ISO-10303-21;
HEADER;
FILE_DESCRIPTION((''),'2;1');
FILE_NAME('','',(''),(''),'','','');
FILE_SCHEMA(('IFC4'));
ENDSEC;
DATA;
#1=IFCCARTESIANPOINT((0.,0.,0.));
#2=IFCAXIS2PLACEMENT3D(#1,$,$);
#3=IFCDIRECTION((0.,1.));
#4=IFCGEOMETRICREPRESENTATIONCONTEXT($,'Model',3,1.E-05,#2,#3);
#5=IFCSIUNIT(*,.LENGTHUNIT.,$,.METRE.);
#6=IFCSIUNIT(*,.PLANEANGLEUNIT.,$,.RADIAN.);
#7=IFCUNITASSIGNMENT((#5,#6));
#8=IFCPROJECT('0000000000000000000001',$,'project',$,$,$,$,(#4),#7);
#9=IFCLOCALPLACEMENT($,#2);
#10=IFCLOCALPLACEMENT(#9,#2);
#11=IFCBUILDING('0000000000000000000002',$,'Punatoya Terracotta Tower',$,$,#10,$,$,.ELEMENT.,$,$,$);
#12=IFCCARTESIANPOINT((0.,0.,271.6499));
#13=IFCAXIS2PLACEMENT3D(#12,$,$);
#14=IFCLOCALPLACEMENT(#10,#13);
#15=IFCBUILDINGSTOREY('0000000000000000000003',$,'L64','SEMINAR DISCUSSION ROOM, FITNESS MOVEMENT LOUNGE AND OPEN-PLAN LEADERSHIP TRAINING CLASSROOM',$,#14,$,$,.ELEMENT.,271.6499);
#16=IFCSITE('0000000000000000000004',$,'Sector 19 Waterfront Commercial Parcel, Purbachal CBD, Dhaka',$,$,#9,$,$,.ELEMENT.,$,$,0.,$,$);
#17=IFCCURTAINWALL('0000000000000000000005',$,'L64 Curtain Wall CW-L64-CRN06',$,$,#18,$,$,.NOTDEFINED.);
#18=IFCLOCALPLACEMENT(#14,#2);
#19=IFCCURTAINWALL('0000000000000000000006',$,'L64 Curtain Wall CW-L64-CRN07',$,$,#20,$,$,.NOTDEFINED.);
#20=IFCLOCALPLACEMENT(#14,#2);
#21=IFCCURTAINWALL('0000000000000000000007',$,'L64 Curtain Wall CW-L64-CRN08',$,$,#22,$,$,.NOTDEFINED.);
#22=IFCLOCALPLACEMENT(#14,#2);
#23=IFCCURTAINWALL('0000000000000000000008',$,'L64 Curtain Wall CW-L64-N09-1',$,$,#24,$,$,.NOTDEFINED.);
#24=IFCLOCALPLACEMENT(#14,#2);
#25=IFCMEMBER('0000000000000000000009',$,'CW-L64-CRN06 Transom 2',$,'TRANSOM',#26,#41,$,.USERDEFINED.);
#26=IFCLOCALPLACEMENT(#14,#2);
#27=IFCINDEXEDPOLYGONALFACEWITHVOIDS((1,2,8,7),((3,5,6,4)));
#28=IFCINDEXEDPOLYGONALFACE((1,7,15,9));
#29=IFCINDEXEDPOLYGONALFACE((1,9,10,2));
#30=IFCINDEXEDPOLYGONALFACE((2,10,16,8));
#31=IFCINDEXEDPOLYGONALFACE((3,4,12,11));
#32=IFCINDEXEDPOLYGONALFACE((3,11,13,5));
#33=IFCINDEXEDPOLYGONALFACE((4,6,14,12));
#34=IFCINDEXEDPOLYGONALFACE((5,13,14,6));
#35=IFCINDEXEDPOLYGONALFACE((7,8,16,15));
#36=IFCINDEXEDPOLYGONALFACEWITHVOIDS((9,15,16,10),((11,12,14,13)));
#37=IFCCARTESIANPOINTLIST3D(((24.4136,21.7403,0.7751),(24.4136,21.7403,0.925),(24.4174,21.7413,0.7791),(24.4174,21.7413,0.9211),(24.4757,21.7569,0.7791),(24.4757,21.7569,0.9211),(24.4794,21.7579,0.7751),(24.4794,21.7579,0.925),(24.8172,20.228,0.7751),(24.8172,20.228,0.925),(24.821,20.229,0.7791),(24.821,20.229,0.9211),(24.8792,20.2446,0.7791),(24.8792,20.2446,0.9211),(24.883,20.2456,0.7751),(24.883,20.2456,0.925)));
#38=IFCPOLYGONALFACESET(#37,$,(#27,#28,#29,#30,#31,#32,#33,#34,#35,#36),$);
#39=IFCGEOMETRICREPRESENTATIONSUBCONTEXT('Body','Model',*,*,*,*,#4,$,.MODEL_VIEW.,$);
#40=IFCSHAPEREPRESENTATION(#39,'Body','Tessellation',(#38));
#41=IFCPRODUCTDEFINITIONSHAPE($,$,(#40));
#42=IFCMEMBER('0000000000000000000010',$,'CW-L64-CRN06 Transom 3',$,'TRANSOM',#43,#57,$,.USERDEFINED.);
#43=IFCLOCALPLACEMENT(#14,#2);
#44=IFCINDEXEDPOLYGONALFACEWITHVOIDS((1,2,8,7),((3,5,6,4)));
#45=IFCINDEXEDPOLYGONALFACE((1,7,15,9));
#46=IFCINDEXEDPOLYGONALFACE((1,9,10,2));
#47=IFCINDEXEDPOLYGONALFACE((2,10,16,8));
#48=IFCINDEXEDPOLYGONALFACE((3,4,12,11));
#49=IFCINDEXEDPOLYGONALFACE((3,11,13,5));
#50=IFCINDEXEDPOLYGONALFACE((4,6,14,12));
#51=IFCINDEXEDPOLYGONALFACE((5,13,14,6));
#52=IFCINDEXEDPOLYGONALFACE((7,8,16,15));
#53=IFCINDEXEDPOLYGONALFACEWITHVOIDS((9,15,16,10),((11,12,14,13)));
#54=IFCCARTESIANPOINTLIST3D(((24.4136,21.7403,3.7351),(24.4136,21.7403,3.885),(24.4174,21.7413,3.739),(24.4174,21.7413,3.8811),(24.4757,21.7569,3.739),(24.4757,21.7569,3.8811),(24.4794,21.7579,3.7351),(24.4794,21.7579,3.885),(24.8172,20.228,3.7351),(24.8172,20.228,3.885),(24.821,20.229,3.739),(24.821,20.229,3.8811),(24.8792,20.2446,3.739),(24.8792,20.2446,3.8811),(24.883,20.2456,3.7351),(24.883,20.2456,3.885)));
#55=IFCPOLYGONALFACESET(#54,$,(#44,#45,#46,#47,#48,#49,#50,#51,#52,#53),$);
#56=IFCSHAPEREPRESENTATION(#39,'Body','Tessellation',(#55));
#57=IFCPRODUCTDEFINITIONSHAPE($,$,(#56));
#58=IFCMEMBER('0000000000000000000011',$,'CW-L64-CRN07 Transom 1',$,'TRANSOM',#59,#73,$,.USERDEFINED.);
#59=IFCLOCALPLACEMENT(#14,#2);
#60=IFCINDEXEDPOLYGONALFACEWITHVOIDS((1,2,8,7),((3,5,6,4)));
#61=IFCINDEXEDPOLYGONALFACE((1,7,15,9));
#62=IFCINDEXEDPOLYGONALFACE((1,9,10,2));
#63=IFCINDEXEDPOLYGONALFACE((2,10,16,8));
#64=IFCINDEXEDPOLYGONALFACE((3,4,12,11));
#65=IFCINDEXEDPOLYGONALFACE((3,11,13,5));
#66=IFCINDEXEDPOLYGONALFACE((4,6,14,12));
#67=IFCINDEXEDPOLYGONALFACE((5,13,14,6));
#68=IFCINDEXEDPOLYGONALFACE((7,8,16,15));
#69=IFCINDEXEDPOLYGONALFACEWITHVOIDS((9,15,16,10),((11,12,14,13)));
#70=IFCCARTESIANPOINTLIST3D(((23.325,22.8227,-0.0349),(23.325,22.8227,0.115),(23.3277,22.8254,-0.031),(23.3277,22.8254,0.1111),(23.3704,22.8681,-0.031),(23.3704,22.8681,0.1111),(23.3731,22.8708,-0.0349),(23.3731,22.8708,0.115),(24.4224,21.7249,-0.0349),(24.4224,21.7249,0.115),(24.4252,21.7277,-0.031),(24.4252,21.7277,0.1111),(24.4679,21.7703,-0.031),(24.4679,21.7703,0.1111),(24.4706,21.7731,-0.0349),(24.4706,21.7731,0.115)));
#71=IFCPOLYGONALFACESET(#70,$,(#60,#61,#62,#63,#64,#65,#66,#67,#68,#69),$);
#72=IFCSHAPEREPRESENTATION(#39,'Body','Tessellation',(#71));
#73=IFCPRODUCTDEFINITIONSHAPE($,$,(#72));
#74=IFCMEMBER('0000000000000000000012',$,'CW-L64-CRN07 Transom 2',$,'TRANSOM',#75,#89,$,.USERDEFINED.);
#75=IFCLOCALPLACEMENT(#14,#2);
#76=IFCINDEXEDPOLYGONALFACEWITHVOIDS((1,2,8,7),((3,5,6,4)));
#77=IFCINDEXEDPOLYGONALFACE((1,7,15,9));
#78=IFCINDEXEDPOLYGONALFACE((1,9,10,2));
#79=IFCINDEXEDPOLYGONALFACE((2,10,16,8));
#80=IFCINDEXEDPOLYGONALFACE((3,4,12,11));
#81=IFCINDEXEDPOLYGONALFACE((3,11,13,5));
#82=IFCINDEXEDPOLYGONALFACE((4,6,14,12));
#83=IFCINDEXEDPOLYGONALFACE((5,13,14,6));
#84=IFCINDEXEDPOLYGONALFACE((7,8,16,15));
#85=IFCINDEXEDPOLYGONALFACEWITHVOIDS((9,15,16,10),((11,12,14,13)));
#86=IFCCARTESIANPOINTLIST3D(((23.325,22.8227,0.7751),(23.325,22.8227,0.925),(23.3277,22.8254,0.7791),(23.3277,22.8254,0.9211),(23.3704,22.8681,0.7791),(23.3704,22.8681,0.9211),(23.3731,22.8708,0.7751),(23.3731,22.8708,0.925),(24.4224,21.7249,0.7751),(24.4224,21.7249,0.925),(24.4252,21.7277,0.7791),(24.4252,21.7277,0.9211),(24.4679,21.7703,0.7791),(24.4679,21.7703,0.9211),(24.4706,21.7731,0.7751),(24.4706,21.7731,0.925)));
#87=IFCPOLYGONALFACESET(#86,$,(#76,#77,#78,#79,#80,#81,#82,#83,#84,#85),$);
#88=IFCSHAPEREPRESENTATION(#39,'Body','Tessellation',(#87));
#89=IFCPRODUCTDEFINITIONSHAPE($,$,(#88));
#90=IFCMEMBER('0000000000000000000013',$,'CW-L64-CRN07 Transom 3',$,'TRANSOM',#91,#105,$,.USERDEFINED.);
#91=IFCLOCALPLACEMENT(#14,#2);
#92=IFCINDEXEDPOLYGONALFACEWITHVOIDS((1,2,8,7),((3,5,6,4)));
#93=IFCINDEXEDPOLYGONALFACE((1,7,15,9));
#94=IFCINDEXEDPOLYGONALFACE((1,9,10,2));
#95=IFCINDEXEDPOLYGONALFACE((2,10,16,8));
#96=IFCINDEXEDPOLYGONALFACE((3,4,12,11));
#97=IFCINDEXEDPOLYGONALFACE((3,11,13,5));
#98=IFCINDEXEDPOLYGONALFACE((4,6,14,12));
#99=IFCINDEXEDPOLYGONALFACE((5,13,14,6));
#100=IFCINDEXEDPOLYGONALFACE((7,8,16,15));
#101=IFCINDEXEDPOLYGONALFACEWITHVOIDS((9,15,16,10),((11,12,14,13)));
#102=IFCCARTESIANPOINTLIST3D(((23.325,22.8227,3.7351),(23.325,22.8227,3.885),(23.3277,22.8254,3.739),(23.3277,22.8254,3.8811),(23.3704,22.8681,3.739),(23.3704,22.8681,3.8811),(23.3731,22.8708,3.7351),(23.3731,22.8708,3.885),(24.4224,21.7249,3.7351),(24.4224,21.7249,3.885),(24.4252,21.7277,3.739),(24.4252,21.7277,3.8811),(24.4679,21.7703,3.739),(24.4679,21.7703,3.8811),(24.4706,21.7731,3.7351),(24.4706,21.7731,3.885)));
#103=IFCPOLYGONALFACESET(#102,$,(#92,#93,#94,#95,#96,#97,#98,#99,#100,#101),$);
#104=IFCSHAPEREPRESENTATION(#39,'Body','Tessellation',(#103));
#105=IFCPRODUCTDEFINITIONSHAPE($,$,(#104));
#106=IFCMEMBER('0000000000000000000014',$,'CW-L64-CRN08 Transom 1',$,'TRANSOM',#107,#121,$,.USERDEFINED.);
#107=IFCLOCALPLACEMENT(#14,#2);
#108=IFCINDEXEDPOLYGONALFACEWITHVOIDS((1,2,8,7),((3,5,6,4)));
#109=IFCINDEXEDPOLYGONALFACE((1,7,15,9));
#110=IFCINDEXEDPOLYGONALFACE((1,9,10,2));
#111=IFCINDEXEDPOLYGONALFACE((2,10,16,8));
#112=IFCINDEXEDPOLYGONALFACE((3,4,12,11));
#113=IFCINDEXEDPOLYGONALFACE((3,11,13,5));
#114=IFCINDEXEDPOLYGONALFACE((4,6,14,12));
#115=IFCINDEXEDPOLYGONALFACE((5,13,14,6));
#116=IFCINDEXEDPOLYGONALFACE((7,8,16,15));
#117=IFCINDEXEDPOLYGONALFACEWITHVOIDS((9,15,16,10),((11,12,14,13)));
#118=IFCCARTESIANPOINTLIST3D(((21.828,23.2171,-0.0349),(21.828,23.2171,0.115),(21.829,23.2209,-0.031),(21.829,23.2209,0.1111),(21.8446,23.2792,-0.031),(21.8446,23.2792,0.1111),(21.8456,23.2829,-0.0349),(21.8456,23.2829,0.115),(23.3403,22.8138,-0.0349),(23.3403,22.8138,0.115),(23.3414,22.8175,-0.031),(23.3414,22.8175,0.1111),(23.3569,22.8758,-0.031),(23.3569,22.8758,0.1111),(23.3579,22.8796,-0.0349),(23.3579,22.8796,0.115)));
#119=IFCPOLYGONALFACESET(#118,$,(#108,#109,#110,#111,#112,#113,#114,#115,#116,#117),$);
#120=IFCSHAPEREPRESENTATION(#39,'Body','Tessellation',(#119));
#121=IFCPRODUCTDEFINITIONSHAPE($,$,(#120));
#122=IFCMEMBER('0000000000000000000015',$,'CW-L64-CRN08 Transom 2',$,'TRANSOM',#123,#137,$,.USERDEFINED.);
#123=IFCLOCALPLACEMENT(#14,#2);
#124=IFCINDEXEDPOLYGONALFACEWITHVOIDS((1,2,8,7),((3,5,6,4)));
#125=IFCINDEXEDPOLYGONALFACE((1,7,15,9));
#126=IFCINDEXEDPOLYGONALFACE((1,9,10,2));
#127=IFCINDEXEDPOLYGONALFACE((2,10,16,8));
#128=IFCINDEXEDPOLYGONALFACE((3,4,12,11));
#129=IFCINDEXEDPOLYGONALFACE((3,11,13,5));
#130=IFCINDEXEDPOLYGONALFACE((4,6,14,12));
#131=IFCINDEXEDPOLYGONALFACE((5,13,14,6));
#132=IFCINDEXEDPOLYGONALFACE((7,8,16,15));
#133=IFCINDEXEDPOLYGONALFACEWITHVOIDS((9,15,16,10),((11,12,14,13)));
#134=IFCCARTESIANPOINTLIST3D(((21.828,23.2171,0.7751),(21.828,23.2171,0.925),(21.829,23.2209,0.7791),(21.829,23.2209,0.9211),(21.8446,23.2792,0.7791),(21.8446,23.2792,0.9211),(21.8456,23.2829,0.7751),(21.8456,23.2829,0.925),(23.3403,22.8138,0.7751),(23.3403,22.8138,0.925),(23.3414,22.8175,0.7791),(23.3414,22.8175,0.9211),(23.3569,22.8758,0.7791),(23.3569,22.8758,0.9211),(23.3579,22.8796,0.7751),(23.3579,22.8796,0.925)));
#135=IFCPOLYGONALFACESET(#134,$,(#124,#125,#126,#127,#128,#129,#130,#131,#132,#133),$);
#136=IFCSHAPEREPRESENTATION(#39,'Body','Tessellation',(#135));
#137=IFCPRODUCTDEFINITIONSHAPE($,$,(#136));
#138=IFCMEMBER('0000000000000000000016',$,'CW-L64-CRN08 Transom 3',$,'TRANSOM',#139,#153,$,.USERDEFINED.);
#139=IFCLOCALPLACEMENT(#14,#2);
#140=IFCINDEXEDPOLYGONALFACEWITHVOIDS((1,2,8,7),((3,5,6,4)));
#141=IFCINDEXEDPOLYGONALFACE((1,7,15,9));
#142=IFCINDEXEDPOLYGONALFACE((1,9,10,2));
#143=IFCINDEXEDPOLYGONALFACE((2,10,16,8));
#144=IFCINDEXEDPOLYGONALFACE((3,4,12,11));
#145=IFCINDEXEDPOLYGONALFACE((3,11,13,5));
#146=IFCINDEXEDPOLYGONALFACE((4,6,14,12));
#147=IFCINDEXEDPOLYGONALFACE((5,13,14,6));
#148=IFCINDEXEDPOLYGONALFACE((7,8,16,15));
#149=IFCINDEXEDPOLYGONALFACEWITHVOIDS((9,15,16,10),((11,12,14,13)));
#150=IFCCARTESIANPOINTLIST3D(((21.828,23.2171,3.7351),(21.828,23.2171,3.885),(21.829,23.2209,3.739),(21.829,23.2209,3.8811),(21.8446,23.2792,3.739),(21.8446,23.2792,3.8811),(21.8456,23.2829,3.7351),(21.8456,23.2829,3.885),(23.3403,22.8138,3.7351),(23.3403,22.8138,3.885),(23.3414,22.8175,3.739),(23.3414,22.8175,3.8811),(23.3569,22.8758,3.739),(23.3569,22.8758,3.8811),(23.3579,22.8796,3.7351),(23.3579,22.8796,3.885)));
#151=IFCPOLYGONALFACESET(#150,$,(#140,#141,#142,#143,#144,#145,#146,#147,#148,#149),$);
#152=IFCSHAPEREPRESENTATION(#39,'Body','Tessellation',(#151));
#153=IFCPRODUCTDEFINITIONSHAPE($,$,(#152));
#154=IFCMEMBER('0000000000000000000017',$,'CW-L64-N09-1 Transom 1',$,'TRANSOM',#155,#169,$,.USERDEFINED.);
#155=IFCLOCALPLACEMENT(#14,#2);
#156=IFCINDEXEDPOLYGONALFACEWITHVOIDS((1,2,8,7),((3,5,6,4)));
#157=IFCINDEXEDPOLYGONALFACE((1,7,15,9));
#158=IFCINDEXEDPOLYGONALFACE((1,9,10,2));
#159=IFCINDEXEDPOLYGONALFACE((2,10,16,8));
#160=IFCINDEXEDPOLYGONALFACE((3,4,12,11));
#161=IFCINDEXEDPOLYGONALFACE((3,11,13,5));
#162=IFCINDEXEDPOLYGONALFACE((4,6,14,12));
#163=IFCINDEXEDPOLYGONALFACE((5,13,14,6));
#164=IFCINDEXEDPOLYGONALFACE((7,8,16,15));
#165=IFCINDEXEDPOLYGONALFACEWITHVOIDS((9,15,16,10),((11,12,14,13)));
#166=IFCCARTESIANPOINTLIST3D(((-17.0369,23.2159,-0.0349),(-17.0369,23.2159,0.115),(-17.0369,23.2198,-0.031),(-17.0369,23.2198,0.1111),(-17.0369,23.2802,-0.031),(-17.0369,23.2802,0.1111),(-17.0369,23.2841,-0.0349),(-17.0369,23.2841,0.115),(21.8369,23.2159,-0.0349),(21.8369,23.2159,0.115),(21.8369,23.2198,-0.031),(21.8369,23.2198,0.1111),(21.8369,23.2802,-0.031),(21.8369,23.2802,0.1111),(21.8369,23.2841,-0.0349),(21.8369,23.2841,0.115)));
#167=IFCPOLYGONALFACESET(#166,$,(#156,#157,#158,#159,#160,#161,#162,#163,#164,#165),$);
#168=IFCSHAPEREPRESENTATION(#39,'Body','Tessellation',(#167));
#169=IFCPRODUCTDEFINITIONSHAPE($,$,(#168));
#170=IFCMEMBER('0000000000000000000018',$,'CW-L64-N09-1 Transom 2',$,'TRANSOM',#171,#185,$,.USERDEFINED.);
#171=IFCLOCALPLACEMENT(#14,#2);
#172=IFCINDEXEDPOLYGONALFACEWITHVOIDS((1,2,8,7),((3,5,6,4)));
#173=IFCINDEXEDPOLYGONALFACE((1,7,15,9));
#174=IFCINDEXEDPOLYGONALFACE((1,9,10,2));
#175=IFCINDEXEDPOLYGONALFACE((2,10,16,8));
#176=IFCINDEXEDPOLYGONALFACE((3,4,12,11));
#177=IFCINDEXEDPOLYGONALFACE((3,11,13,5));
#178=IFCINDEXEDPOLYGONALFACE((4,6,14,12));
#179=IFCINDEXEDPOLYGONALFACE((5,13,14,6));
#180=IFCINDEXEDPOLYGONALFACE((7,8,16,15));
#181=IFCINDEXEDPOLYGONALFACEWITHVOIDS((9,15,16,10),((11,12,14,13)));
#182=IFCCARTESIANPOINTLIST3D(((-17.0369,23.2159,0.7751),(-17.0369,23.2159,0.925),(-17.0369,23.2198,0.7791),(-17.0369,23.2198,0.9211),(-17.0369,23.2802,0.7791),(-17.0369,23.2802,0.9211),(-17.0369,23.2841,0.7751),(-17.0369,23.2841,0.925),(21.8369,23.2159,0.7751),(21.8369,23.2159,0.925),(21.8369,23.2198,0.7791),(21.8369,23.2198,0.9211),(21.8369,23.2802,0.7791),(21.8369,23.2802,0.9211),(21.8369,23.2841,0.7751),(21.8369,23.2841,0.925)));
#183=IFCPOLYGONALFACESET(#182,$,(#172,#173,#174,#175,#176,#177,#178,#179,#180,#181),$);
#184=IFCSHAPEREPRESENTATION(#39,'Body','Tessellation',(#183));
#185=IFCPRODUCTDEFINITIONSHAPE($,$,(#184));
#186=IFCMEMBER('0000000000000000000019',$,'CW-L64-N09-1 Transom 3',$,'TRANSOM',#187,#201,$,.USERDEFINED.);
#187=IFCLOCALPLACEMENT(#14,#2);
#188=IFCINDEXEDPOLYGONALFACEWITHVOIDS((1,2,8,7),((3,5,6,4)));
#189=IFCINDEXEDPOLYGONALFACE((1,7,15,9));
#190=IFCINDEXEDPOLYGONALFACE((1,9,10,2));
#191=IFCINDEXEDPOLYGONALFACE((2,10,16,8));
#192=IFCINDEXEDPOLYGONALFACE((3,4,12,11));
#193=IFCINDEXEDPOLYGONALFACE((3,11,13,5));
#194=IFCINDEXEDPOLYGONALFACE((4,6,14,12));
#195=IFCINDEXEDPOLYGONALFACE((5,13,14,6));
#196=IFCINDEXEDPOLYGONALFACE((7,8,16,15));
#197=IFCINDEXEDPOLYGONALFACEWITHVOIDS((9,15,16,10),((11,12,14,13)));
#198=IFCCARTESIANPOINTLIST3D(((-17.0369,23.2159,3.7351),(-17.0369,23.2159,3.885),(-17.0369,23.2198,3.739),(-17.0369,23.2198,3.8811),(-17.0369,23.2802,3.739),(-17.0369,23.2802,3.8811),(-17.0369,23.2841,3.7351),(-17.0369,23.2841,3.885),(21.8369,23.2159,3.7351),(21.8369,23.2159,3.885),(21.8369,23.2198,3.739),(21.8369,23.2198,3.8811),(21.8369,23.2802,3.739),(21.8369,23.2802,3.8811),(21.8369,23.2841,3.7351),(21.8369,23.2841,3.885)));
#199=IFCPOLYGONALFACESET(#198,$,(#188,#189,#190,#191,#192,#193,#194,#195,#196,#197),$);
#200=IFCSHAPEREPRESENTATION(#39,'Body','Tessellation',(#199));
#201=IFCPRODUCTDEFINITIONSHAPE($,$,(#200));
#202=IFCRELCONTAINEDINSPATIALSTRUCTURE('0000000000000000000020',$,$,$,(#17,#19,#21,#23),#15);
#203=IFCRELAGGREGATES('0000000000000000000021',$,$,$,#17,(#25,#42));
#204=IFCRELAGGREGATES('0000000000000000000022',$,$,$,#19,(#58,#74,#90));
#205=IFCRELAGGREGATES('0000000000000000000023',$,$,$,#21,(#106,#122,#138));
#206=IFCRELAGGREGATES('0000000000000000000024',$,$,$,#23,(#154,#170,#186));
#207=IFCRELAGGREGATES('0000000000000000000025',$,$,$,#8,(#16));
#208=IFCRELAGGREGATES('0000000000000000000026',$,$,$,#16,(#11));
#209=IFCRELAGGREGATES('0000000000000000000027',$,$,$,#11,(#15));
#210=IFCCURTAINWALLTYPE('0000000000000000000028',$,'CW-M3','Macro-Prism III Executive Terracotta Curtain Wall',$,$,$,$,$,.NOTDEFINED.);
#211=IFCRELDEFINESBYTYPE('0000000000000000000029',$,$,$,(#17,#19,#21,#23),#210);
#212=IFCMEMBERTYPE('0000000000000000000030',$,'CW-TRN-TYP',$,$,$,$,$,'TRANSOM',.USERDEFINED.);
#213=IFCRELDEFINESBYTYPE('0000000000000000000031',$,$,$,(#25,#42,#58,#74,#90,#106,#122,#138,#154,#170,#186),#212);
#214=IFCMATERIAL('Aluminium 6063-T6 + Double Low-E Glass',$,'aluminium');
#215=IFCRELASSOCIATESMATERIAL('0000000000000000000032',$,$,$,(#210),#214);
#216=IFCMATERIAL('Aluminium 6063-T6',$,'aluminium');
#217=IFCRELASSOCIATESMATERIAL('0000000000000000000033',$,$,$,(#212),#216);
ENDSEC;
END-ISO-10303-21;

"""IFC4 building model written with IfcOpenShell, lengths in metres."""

from ifc_helpers import new_model, si_unit, direction, frame, origin, origin_2d, place, context, subcontext, project, spatial, hollow_rectangle, extrude, material, material_profile, profile_set, type_object, element, aggregate, save


model = new_model("IFC4")

# Units and contexts
model_context = context("Model", 3, precision=1e-05, world=origin(), true_north=direction((0.0, 1.0)))
body_context = subcontext(model_context, "Body", "Model", "MODEL_VIEW")
ifc_project = project(units=[si_unit("LENGTHUNIT", "METRE"), si_unit("PLANEANGLEUNIT", "RADIAN")], contexts=[model_context])

# Site, building, storey
site_placement = place(None, origin())
site = spatial("IfcSite", under=ifc_project, at=site_placement, Name="Sector 19 Waterfront Commercial Parcel, Purbachal CBD, Dhaka", CompositionType="ELEMENT", RefElevation=0.0)
building_placement = place(site_placement, origin())
building = spatial("IfcBuilding", under=site, at=building_placement, Name="Punatoya Terracotta Tower", CompositionType="ELEMENT")
storey_placement = place(building_placement, frame((0.0, 0.0, 271.6499)))
storey = spatial("IfcBuildingStorey", under=building, at=storey_placement, Name="L64", Description="SEMINAR DISCUSSION ROOM, FITNESS MOVEMENT LOUNGE AND OPEN-PLAN LEADERSHIP TRAINING CLASSROOM", CompositionType="ELEMENT", Elevation=271.6499)

# Curtain walls
ifc_material_1 = material(Name="Aluminium 6063-T6 + Double Low-E Glass", Category="aluminium")
curtain_wall_type = type_object("IfcCurtainWallType", Name="CW-M3", Description="Macro-Prism III Executive Terracotta Curtain Wall", PredefinedType="NOTDEFINED", material=ifc_material_1)
curtain_wall_1_placement = place(storey_placement, origin())
curtain_wall_1 = element("IfcCurtainWall", 1, at=curtain_wall_1_placement, inside=storey, type_object=curtain_wall_type, Name="L64 Curtain Wall CW-L64-CRN06", PredefinedType="NOTDEFINED")
ifc_material_2 = material(Name="Aluminium 6063-T6", Category="aluminium")
curtain_wall_2_placement = place(storey_placement, origin())
curtain_wall_2 = element("IfcCurtainWall", 2, at=curtain_wall_2_placement, inside=storey, type_object=curtain_wall_type, Name="L64 Curtain Wall CW-L64-CRN07", PredefinedType="NOTDEFINED")
curtain_wall_3_placement = place(storey_placement, origin())
curtain_wall_3 = element("IfcCurtainWall", 3, at=curtain_wall_3_placement, inside=storey, type_object=curtain_wall_type, Name="L64 Curtain Wall CW-L64-CRN08", PredefinedType="NOTDEFINED")
curtain_wall_4_placement = place(storey_placement, origin())
curtain_wall_4 = element("IfcCurtainWall", 4, at=curtain_wall_4_placement, inside=storey, type_object=curtain_wall_type, Name="L64 Curtain Wall CW-L64-N09-1", PredefinedType="NOTDEFINED")

# Members
ifc_material_profile_1 = material_profile(ifc_material_2, hollow_rectangle(XDim=0.0681, YDim=0.1499, WallThickness=0.0039, at=origin_2d()))
ifc_profile_set_1 = profile_set([ifc_material_profile_1], Name="Aluminium 6063-T6")
member_type_1 = type_object("IfcMemberType", Name="CW-TRN-TYP", ElementType="TRANSOM", PredefinedType="USERDEFINED", material=ifc_profile_set_1)
member_1_placement = place(storey_placement, frame((24.8501, 20.2368, 0.8501), z_axis=(-0.257847, 0.966186, 0.0), x_axis=(-0.966186, -0.257847, 0.0)))
member_1 = element("IfcMember", 5, at=member_1_placement, type_object=member_type_1, Name="CW-L64-CRN06 Transom 2", ObjectType="TRANSOM", PredefinedType="USERDEFINED", context=body_context, shape_type="SweptSolid", body=[
    extrude(hollow_rectangle(XDim=0.0681, YDim=0.1499, WallThickness=0.0039, at=origin_2d()), origin(), (0.0, 0.0, 1.0), 1.5652),
])
member_2_placement = place(storey_placement, frame((24.8501, 20.2368, 3.8101), z_axis=(-0.257847, 0.966186, 0.0), x_axis=(-0.966186, -0.257847, 0.0)))
member_2 = element("IfcMember", 6, at=member_2_placement, type_object=member_type_1, Name="CW-L64-CRN06 Transom 3", ObjectType="TRANSOM", PredefinedType="USERDEFINED", context=body_context, shape_type="SweptSolid", body=[
    extrude(hollow_rectangle(XDim=0.0681, YDim=0.1499, WallThickness=0.0039, at=origin_2d()), origin(), (0.0, 0.0, 1.0), 1.5652),
])
member_3_placement = place(storey_placement, frame((24.4465, 21.749, 0.04), z_axis=(-0.707028, 0.707185, 0.0), x_axis=(-0.707185, -0.707028, 0.0)))
member_3 = element("IfcMember", 7, at=member_3_placement, type_object=member_type_1, Name="CW-L64-CRN07 Transom 1", ObjectType="TRANSOM", PredefinedType="USERDEFINED", context=body_context, shape_type="SweptSolid", body=[
    extrude(hollow_rectangle(XDim=0.0681, YDim=0.1499, WallThickness=0.0039, at=origin_2d()), origin(), (0.0, 0.0, 1.0), 1.5522),
])
member_4_placement = place(storey_placement, frame((24.4465, 21.749, 0.8501), z_axis=(-0.707028, 0.707185, 0.0), x_axis=(-0.707185, -0.707028, 0.0)))
member_4 = element("IfcMember", 8, at=member_4_placement, type_object=member_type_1, Name="CW-L64-CRN07 Transom 2", ObjectType="TRANSOM", PredefinedType="USERDEFINED", context=body_context, shape_type="SweptSolid", body=[
    extrude(hollow_rectangle(XDim=0.0681, YDim=0.1499, WallThickness=0.0039, at=origin_2d()), origin(), (0.0, 0.0, 1.0), 1.5522),
])
member_5_placement = place(storey_placement, frame((24.4465, 21.749, 3.8101), z_axis=(-0.707028, 0.707185, 0.0), x_axis=(-0.707185, -0.707028, 0.0)))
member_5 = element("IfcMember", 9, at=member_5_placement, type_object=member_type_1, Name="CW-L64-CRN07 Transom 3", ObjectType="TRANSOM", PredefinedType="USERDEFINED", context=body_context, shape_type="SweptSolid", body=[
    extrude(hollow_rectangle(XDim=0.0681, YDim=0.1499, WallThickness=0.0039, at=origin_2d()), origin(), (0.0, 0.0, 1.0), 1.5522),
])
member_6_placement = place(storey_placement, frame((23.3491, 22.8467, 0.04), z_axis=(-0.966225, 0.257701, 0.0), x_axis=(-0.257701, -0.966225, 0.0)))
member_6 = element("IfcMember", 10, at=member_6_placement, type_object=member_type_1, Name="CW-L64-CRN08 Transom 1", ObjectType="TRANSOM", PredefinedType="USERDEFINED", context=body_context, shape_type="SweptSolid", body=[
    extrude(hollow_rectangle(XDim=0.0681, YDim=0.1499, WallThickness=0.0039, at=origin_2d()), origin(), (0.0, 0.0, 1.0), 1.5652),
])
member_7_placement = place(storey_placement, frame((23.3491, 22.8467, 0.8501), z_axis=(-0.966225, 0.257701, 0.0), x_axis=(-0.257701, -0.966225, 0.0)))
member_7 = element("IfcMember", 11, at=member_7_placement, type_object=member_type_1, Name="CW-L64-CRN08 Transom 2", ObjectType="TRANSOM", PredefinedType="USERDEFINED", context=body_context, shape_type="SweptSolid", body=[
    extrude(hollow_rectangle(XDim=0.0681, YDim=0.1499, WallThickness=0.0039, at=origin_2d()), origin(), (0.0, 0.0, 1.0), 1.5652),
])
member_8_placement = place(storey_placement, frame((23.3491, 22.8467, 3.8101), z_axis=(-0.966225, 0.257701, 0.0), x_axis=(-0.257701, -0.966225, 0.0)))
member_8 = element("IfcMember", 12, at=member_8_placement, type_object=member_type_1, Name="CW-L64-CRN08 Transom 3", ObjectType="TRANSOM", PredefinedType="USERDEFINED", context=body_context, shape_type="SweptSolid", body=[
    extrude(hollow_rectangle(XDim=0.0681, YDim=0.1499, WallThickness=0.0039, at=origin_2d()), origin(), (0.0, 0.0, 1.0), 1.5652),
])
member_9_placement = place(storey_placement, frame((21.8369, 23.25, 0.04), z_axis=(-1.0, 0.0, 0.0), x_axis=(0.0, -1.0, 0.0)))
member_9 = element("IfcMember", 13, at=member_9_placement, type_object=member_type_1, Name="CW-L64-N09-1 Transom 1", ObjectType="TRANSOM", PredefinedType="USERDEFINED", context=body_context, shape_type="SweptSolid", body=[
    extrude(hollow_rectangle(XDim=0.0681, YDim=0.1499, WallThickness=0.0039, at=origin_2d()), origin(), (0.0, 0.0, 1.0), 38.8738),
])
member_10_placement = place(storey_placement, frame((21.8369, 23.25, 0.8501), z_axis=(-1.0, 0.0, 0.0), x_axis=(0.0, -1.0, 0.0)))
member_10 = element("IfcMember", 14, at=member_10_placement, type_object=member_type_1, Name="CW-L64-N09-1 Transom 2", ObjectType="TRANSOM", PredefinedType="USERDEFINED", context=body_context, shape_type="SweptSolid", body=[
    extrude(hollow_rectangle(XDim=0.0681, YDim=0.1499, WallThickness=0.0039, at=origin_2d()), origin(), (0.0, 0.0, 1.0), 38.8738),
])
member_11_placement = place(storey_placement, frame((21.8369, 23.25, 3.8101), z_axis=(-1.0, 0.0, 0.0), x_axis=(0.0, -1.0, 0.0)))
member_11 = element("IfcMember", 15, at=member_11_placement, type_object=member_type_1, Name="CW-L64-N09-1 Transom 3", ObjectType="TRANSOM", PredefinedType="USERDEFINED", context=body_context, shape_type="SweptSolid", body=[
    extrude(hollow_rectangle(XDim=0.0681, YDim=0.1499, WallThickness=0.0039, at=origin_2d()), origin(), (0.0, 0.0, 1.0), 38.8738),
])

aggregate(curtain_wall_1, [member_1, member_2])
aggregate(curtain_wall_2, [member_3, member_4, member_5])
aggregate(curtain_wall_3, [member_6, member_7, member_8])
aggregate(curtain_wall_4, [member_9, member_10, member_11])

save(model, "model.ifc")
